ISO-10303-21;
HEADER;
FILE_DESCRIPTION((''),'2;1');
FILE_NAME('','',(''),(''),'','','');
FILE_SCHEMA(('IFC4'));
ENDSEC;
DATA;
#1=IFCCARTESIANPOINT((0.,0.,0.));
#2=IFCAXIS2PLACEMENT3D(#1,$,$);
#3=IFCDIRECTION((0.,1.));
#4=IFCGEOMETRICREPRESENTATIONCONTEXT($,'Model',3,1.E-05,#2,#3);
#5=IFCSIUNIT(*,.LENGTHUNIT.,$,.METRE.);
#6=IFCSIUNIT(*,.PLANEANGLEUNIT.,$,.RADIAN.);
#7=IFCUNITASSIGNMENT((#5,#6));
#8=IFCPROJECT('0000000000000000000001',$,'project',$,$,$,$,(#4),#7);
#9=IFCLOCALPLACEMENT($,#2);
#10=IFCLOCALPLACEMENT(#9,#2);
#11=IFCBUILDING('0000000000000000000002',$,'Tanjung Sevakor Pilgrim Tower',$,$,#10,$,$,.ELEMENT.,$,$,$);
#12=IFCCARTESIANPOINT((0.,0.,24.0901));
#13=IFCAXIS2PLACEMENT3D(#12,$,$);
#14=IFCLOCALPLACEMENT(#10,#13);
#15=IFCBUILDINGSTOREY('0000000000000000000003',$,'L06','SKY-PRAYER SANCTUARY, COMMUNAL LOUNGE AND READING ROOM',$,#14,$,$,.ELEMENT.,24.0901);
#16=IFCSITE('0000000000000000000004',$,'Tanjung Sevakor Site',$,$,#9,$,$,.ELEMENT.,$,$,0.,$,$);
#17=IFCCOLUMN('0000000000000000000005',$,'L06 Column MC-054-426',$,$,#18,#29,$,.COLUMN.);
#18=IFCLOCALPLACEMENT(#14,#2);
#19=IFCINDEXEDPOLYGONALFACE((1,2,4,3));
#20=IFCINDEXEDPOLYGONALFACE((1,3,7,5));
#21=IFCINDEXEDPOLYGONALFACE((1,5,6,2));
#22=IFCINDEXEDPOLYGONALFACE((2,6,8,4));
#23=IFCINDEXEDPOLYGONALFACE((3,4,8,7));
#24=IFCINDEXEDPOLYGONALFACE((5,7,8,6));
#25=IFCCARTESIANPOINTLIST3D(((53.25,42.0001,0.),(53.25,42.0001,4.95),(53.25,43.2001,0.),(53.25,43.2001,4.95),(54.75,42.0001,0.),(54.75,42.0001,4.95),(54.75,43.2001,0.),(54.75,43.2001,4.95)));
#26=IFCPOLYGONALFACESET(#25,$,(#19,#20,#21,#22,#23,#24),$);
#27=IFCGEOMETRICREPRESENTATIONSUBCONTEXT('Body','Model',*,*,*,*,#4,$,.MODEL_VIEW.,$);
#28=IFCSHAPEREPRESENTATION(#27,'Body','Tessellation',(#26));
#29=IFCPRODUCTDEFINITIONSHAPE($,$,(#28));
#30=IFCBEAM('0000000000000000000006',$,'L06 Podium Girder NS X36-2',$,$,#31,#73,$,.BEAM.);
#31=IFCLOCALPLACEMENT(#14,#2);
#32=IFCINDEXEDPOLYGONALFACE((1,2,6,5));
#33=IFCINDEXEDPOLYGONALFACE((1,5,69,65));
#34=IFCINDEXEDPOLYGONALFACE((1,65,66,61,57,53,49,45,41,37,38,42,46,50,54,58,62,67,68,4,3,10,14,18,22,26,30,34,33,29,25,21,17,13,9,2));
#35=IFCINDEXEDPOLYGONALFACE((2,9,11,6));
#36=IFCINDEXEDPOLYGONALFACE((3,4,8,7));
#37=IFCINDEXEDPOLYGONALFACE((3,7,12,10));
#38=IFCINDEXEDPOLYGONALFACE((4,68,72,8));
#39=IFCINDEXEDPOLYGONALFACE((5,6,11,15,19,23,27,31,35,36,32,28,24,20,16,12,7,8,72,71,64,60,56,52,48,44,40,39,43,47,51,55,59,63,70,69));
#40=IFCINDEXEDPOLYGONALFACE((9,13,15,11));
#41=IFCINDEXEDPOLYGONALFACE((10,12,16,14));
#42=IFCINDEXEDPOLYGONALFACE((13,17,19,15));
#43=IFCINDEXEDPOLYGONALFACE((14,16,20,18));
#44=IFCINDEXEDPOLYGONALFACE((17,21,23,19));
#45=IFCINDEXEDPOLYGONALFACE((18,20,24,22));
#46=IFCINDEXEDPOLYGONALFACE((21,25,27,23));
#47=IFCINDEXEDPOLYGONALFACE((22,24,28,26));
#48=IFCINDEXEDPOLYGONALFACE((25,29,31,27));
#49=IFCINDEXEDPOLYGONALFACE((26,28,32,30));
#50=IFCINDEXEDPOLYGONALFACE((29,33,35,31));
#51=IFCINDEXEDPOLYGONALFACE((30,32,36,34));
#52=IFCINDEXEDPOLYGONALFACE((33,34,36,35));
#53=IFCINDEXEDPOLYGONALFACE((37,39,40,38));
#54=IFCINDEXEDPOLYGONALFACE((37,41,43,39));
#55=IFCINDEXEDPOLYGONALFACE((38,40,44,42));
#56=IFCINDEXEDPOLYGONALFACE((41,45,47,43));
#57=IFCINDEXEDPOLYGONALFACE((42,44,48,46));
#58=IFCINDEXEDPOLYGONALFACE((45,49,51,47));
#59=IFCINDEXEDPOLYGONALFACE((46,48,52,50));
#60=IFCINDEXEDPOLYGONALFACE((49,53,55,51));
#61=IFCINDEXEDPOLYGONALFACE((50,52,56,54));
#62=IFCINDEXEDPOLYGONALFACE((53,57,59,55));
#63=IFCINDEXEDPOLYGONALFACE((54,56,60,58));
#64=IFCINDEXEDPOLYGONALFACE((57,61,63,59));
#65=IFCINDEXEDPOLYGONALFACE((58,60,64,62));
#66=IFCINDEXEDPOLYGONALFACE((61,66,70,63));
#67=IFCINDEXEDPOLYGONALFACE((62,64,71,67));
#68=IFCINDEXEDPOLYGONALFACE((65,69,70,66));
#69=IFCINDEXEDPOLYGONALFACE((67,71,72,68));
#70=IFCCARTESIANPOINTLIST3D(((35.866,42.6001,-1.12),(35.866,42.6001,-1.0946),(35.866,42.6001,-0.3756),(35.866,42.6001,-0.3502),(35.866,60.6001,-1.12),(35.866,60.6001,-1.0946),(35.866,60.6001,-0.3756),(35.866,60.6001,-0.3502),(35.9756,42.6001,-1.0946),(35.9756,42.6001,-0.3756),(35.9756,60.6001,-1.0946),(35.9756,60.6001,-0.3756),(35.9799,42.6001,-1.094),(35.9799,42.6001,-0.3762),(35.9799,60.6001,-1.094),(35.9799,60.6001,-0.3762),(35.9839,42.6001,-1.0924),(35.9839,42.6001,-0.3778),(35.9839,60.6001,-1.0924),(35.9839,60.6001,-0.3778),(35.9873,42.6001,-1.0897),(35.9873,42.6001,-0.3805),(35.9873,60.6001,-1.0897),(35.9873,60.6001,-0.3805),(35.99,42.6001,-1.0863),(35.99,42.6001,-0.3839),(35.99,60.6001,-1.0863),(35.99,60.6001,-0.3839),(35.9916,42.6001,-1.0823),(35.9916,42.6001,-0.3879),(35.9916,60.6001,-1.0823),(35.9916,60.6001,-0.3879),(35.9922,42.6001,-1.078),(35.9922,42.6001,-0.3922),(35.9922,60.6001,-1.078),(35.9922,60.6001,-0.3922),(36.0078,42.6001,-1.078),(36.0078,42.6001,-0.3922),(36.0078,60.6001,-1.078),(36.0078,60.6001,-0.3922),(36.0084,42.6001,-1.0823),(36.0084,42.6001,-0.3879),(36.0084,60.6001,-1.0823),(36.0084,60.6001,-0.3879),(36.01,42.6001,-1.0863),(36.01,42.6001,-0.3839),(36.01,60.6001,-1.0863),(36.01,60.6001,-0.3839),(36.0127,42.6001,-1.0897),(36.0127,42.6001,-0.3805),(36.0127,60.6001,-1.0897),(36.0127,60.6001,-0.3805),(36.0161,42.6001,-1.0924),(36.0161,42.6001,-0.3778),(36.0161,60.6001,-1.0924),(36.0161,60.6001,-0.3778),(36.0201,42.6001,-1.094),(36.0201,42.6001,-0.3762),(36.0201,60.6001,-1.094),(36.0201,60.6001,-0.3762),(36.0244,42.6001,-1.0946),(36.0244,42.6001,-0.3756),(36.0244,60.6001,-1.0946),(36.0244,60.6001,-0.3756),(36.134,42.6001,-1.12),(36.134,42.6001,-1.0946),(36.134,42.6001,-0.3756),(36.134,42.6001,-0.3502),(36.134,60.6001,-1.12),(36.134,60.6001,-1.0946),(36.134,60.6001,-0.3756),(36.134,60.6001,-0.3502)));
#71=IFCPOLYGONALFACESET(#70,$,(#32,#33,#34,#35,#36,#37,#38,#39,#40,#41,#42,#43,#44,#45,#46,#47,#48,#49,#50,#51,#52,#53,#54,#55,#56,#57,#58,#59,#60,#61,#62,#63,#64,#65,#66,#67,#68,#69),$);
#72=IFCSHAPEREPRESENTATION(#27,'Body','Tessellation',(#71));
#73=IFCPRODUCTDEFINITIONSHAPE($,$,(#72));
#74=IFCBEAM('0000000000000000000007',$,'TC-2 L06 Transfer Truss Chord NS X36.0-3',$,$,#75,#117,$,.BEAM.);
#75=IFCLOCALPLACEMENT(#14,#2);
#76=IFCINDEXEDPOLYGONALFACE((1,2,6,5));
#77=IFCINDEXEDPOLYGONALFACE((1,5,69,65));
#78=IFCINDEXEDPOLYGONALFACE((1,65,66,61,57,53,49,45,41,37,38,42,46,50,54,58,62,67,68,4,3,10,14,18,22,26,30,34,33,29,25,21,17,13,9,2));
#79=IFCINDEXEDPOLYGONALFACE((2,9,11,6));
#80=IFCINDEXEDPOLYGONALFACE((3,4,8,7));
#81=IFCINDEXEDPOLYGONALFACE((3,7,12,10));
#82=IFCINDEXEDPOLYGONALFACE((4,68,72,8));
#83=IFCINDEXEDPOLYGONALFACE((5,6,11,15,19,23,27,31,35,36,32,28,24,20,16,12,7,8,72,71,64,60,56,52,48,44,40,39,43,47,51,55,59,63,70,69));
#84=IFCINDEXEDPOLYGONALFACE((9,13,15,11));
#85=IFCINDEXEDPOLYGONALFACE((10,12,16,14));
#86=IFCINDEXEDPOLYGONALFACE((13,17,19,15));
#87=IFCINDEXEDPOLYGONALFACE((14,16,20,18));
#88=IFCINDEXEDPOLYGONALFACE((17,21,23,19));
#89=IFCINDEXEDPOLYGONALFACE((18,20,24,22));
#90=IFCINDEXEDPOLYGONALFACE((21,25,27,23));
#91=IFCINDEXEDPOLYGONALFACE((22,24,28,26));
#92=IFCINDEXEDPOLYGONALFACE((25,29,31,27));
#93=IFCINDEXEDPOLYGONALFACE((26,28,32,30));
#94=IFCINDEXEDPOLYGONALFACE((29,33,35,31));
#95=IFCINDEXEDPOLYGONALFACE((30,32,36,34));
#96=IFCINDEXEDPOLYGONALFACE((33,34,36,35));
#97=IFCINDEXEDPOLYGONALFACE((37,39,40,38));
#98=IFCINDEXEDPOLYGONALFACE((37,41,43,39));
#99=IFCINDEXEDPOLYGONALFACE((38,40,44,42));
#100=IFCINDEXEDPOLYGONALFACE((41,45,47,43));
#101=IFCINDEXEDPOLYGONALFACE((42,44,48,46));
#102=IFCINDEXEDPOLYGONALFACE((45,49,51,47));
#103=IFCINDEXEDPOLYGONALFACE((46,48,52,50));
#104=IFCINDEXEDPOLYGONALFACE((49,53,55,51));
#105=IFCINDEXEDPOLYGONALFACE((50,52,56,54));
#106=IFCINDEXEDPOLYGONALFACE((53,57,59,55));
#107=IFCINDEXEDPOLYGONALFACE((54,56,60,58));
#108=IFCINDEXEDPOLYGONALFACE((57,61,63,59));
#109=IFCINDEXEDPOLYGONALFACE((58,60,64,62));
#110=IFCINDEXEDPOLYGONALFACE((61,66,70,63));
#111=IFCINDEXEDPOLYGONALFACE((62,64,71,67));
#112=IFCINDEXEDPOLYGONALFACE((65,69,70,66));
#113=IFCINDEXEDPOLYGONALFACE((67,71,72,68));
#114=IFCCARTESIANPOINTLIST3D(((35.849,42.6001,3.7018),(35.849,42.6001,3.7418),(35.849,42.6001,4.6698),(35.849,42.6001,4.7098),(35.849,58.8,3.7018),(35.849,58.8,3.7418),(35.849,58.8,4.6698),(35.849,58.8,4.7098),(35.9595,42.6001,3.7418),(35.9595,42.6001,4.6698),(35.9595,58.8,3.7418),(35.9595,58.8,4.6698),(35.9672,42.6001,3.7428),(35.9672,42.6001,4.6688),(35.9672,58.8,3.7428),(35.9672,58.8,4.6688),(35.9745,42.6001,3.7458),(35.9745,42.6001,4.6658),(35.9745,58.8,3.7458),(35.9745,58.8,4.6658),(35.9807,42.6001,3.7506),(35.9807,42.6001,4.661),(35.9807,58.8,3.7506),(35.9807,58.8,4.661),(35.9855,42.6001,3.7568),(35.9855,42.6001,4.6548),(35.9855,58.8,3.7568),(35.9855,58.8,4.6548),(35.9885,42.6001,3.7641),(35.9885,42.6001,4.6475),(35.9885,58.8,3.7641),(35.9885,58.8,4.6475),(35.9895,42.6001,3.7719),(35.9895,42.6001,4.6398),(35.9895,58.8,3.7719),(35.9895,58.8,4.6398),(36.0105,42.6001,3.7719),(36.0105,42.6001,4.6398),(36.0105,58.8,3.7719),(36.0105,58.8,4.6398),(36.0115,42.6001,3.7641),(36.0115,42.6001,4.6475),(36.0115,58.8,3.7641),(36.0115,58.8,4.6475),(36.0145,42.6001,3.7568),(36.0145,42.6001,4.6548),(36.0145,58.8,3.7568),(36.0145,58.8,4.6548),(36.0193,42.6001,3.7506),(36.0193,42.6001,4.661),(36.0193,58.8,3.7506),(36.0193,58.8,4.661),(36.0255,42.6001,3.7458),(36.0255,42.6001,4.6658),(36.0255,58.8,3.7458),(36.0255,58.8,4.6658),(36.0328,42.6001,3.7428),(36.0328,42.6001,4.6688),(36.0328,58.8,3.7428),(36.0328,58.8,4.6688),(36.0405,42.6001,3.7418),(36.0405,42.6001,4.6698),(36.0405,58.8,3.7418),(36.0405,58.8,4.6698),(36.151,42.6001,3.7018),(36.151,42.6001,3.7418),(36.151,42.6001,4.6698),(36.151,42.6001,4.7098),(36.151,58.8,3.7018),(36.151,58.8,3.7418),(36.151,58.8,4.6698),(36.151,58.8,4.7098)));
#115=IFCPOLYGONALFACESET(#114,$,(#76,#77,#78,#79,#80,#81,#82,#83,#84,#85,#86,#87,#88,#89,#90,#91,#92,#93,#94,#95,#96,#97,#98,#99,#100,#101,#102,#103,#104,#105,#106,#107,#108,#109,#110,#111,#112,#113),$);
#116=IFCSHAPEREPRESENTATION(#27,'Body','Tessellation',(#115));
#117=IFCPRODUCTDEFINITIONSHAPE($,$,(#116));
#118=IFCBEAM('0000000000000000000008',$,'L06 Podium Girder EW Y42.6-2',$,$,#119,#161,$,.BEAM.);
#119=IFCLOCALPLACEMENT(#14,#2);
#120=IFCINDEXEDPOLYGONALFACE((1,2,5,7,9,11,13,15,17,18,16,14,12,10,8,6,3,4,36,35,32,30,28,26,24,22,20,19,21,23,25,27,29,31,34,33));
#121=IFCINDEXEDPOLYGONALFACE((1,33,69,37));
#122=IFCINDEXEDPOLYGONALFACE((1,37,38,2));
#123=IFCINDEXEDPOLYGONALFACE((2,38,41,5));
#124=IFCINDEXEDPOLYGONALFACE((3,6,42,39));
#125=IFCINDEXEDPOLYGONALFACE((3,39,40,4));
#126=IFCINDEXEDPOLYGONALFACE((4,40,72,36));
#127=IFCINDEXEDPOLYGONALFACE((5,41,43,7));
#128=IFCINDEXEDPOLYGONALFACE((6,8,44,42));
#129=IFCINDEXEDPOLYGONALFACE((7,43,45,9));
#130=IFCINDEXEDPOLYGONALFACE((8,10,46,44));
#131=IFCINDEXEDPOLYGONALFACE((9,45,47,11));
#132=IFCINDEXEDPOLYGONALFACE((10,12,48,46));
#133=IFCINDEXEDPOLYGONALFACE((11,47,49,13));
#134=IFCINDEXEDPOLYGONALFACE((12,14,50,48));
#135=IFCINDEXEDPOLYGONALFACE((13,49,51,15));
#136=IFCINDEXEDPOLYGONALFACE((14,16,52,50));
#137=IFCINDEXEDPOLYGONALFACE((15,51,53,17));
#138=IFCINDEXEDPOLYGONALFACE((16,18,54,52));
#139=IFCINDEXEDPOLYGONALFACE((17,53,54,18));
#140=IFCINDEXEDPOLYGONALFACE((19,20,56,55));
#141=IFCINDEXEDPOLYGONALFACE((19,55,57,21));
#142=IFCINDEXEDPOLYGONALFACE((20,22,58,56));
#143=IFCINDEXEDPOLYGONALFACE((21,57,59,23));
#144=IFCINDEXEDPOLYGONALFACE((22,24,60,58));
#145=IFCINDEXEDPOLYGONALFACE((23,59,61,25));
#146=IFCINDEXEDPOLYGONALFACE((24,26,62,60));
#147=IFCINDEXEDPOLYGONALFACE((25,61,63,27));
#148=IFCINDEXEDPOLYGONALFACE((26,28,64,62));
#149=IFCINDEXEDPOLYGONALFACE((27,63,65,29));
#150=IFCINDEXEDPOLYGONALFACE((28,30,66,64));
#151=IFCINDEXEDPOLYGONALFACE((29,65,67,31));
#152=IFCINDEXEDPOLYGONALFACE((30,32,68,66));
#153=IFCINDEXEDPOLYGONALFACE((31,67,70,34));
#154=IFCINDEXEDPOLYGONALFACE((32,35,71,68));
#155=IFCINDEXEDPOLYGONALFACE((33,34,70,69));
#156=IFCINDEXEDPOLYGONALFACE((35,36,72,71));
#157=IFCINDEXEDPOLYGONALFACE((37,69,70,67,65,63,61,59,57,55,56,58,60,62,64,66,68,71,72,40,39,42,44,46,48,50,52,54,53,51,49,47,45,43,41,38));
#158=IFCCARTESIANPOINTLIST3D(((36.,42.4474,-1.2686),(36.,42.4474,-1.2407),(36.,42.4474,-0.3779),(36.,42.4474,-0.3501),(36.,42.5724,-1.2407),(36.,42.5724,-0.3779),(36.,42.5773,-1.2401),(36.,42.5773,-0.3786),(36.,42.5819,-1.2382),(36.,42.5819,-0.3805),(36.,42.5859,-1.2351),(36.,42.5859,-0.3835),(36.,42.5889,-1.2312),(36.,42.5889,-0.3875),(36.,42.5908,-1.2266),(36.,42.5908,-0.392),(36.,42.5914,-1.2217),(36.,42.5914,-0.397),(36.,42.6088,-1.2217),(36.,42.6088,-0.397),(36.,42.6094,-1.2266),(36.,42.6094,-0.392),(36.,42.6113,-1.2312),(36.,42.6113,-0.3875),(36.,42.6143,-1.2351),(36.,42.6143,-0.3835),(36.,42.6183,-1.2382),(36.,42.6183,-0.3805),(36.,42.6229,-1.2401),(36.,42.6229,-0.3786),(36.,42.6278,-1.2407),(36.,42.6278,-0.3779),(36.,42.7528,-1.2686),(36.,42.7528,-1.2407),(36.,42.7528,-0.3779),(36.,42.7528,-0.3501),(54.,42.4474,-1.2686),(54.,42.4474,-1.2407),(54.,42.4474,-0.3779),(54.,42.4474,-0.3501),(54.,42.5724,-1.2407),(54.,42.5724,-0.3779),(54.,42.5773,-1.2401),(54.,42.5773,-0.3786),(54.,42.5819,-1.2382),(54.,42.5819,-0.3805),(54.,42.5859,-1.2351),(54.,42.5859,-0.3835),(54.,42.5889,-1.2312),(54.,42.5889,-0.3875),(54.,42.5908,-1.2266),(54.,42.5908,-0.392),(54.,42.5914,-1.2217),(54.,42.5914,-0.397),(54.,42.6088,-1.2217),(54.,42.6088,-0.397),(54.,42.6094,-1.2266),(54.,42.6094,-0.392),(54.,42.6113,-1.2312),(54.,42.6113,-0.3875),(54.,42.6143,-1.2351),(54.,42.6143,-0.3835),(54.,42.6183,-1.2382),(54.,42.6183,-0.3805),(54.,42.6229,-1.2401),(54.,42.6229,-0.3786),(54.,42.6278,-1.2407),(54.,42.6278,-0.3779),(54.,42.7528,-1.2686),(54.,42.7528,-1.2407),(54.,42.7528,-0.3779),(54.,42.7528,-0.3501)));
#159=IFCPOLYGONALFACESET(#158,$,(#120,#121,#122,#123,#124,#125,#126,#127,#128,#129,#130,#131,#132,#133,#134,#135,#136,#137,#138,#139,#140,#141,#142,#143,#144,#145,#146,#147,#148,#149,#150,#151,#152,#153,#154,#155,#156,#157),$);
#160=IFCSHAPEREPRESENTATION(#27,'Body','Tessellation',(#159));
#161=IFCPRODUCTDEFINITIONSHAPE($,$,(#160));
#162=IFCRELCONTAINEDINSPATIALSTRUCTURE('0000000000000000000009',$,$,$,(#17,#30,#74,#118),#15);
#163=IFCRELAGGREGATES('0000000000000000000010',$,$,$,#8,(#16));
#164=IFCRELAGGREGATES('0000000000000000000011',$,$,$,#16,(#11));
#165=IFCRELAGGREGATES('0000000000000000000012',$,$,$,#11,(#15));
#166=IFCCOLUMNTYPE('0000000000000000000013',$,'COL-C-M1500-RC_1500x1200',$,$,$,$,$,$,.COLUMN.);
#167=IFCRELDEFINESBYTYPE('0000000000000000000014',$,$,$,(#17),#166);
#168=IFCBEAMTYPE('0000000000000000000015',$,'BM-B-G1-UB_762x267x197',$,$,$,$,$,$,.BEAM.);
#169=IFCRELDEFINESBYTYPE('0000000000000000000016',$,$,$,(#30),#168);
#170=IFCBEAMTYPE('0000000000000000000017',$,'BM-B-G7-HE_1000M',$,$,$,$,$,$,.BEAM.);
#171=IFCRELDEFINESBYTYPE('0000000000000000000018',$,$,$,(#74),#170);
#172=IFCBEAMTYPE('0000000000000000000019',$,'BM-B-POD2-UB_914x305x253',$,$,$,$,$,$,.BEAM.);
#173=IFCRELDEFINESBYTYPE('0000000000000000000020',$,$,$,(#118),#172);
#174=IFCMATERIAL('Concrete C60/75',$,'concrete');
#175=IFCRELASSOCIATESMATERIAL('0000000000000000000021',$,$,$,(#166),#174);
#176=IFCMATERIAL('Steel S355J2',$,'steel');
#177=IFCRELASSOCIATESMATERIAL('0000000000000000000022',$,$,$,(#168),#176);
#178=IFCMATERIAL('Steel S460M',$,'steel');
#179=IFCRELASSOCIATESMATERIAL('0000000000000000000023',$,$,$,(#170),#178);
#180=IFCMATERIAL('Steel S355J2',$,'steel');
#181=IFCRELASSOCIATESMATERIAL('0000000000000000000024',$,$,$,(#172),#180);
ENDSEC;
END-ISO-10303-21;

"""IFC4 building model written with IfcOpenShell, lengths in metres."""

from ifc_helpers import new_model, si_unit, direction, frame, origin, origin_2d, place, context, subcontext, project, spatial, rectangle, i_section, extrude, material, material_profile, profile_set, type_object, element, save


model = new_model("IFC4")

# Units and contexts
model_context = context("Model", 3, precision=1e-05, world=origin(), true_north=direction((0.0, 1.0)))
body_context = subcontext(model_context, "Body", "Model", "MODEL_VIEW")
ifc_project = project(units=[si_unit("LENGTHUNIT", "METRE"), si_unit("PLANEANGLEUNIT", "RADIAN")], contexts=[model_context])

# Site, building, storey
site_placement = place(None, origin())
site = spatial("IfcSite", under=ifc_project, at=site_placement, Name="Tanjung Sevakor Site", CompositionType="ELEMENT", RefElevation=0.0)
building_placement = place(site_placement, origin())
building = spatial("IfcBuilding", under=site, at=building_placement, Name="Tanjung Sevakor Pilgrim Tower", CompositionType="ELEMENT")
storey_placement = place(building_placement, frame((0.0, 0.0, 24.0901)))
storey = spatial("IfcBuildingStorey", under=building, at=storey_placement, Name="L06", Description="SKY-PRAYER SANCTUARY, COMMUNAL LOUNGE AND READING ROOM", CompositionType="ELEMENT", Elevation=24.0901)

# Column
ifc_material_1 = material(Name="Concrete C60/75", Category="concrete")
ifc_material_profile_1 = material_profile(ifc_material_1, rectangle(XDim=1.5, YDim=1.2, at=origin_2d()))
ifc_profile_set_1 = profile_set([ifc_material_profile_1], Name="Concrete C60/75")
column_type = type_object("IfcColumnType", Name="COL-C-M1500-RC_1500x1200", PredefinedType="COLUMN", material=ifc_profile_set_1)
column_placement = place(storey_placement, frame((54.0, 42.6001, 0.0), z_axis=(0.0, 0.0, 1.0), x_axis=(1.0, 0.0, 0.0)))
element("IfcColumn", 1, at=column_placement, inside=storey, type_object=column_type, Name="L06 Column MC-054-426", PredefinedType="COLUMN", context=body_context, shape_type="SweptSolid", body=[
    extrude(rectangle(XDim=1.5, YDim=1.2, at=origin_2d()), origin(), (0.0, 0.0, 1.0), 4.95),
])

# Beams
ifc_material_2 = material(Name="Steel S355J2", Category="steel")
ifc_material_profile_2 = material_profile(ifc_material_2, i_section(OverallWidth=0.2681, OverallDepth=0.7698, WebThickness=0.0156, FlangeThickness=0.0254, FilletRadius=0.0166, at=origin_2d()))
ifc_profile_set_2 = profile_set([ifc_material_profile_2], Name="Steel S355J2")
beam_type_1 = type_object("IfcBeamType", Name="BM-B-G1-UB_762x267x197", PredefinedType="BEAM", material=ifc_profile_set_2)
beam_1_placement = place(storey_placement, frame((36.0, 42.6001, -0.7351), z_axis=(0.0, 1.0, 0.0), x_axis=(-1.0, 0.0, 0.0)))
element("IfcBeam", 2, at=beam_1_placement, inside=storey, type_object=beam_type_1, Name="L06 Podium Girder NS X36-2", PredefinedType="BEAM", context=body_context, shape_type="SweptSolid", body=[
    extrude(i_section(OverallWidth=0.2681, OverallDepth=0.7698, WebThickness=0.0156, FlangeThickness=0.0254, FilletRadius=0.0166, at=origin_2d()), origin(), (0.0, 0.0, 1.0), 18.0),
])
ifc_material_3 = material(Name="Steel S460M", Category="steel")
ifc_material_profile_3 = material_profile(ifc_material_3, i_section(OverallWidth=0.302, OverallDepth=1.0081, WebThickness=0.021, FlangeThickness=0.04, FilletRadius=0.03, at=origin_2d()))
ifc_profile_set_3 = profile_set([ifc_material_profile_3], Name="Steel S460M")
beam_type_2 = type_object("IfcBeamType", Name="BM-B-G7-HE_1000M", PredefinedType="BEAM", material=ifc_profile_set_3)
beam_2_placement = place(storey_placement, frame((36.0, 42.6001, 4.2058), z_axis=(0.0, 1.0, 0.0), x_axis=(-1.0, 0.0, 0.0)))
element("IfcBeam", 3, at=beam_2_placement, inside=storey, type_object=beam_type_2, Name="TC-2 L06 Transfer Truss Chord NS X36.0-3", PredefinedType="BEAM", context=body_context, shape_type="SweptSolid", body=[
    extrude(i_section(OverallWidth=0.302, OverallDepth=1.0081, WebThickness=0.021, FlangeThickness=0.04, FilletRadius=0.03, at=origin_2d()), origin(), (0.0, 0.0, 1.0), 16.2),
])
ifc_material_4 = material(Name="Steel S355J2", Category="steel")
ifc_material_profile_4 = material_profile(ifc_material_4, i_section(OverallWidth=0.3054, OverallDepth=0.9185, WebThickness=0.0173, FlangeThickness=0.0278, FilletRadius=0.019, at=origin_2d()))
ifc_profile_set_4 = profile_set([ifc_material_profile_4], Name="Steel S355J2")
beam_type_3 = type_object("IfcBeamType", Name="BM-B-POD2-UB_914x305x253", PredefinedType="BEAM", material=ifc_profile_set_4)
beam_3_placement = place(storey_placement, frame((36.0, 42.6001, -0.8093), z_axis=(1.0, 0.0, 0.0), x_axis=(0.0, 1.0, 0.0)))
element("IfcBeam", 4, at=beam_3_placement, inside=storey, type_object=beam_type_3, Name="L06 Podium Girder EW Y42.6-2", PredefinedType="BEAM", context=body_context, shape_type="SweptSolid", body=[
    extrude(i_section(OverallWidth=0.3054, OverallDepth=0.9185, WebThickness=0.0173, FlangeThickness=0.0278, FilletRadius=0.019, at=origin_2d()), origin(), (0.0, 0.0, 1.0), 18.0),
])

save(model, "model.ifc")
